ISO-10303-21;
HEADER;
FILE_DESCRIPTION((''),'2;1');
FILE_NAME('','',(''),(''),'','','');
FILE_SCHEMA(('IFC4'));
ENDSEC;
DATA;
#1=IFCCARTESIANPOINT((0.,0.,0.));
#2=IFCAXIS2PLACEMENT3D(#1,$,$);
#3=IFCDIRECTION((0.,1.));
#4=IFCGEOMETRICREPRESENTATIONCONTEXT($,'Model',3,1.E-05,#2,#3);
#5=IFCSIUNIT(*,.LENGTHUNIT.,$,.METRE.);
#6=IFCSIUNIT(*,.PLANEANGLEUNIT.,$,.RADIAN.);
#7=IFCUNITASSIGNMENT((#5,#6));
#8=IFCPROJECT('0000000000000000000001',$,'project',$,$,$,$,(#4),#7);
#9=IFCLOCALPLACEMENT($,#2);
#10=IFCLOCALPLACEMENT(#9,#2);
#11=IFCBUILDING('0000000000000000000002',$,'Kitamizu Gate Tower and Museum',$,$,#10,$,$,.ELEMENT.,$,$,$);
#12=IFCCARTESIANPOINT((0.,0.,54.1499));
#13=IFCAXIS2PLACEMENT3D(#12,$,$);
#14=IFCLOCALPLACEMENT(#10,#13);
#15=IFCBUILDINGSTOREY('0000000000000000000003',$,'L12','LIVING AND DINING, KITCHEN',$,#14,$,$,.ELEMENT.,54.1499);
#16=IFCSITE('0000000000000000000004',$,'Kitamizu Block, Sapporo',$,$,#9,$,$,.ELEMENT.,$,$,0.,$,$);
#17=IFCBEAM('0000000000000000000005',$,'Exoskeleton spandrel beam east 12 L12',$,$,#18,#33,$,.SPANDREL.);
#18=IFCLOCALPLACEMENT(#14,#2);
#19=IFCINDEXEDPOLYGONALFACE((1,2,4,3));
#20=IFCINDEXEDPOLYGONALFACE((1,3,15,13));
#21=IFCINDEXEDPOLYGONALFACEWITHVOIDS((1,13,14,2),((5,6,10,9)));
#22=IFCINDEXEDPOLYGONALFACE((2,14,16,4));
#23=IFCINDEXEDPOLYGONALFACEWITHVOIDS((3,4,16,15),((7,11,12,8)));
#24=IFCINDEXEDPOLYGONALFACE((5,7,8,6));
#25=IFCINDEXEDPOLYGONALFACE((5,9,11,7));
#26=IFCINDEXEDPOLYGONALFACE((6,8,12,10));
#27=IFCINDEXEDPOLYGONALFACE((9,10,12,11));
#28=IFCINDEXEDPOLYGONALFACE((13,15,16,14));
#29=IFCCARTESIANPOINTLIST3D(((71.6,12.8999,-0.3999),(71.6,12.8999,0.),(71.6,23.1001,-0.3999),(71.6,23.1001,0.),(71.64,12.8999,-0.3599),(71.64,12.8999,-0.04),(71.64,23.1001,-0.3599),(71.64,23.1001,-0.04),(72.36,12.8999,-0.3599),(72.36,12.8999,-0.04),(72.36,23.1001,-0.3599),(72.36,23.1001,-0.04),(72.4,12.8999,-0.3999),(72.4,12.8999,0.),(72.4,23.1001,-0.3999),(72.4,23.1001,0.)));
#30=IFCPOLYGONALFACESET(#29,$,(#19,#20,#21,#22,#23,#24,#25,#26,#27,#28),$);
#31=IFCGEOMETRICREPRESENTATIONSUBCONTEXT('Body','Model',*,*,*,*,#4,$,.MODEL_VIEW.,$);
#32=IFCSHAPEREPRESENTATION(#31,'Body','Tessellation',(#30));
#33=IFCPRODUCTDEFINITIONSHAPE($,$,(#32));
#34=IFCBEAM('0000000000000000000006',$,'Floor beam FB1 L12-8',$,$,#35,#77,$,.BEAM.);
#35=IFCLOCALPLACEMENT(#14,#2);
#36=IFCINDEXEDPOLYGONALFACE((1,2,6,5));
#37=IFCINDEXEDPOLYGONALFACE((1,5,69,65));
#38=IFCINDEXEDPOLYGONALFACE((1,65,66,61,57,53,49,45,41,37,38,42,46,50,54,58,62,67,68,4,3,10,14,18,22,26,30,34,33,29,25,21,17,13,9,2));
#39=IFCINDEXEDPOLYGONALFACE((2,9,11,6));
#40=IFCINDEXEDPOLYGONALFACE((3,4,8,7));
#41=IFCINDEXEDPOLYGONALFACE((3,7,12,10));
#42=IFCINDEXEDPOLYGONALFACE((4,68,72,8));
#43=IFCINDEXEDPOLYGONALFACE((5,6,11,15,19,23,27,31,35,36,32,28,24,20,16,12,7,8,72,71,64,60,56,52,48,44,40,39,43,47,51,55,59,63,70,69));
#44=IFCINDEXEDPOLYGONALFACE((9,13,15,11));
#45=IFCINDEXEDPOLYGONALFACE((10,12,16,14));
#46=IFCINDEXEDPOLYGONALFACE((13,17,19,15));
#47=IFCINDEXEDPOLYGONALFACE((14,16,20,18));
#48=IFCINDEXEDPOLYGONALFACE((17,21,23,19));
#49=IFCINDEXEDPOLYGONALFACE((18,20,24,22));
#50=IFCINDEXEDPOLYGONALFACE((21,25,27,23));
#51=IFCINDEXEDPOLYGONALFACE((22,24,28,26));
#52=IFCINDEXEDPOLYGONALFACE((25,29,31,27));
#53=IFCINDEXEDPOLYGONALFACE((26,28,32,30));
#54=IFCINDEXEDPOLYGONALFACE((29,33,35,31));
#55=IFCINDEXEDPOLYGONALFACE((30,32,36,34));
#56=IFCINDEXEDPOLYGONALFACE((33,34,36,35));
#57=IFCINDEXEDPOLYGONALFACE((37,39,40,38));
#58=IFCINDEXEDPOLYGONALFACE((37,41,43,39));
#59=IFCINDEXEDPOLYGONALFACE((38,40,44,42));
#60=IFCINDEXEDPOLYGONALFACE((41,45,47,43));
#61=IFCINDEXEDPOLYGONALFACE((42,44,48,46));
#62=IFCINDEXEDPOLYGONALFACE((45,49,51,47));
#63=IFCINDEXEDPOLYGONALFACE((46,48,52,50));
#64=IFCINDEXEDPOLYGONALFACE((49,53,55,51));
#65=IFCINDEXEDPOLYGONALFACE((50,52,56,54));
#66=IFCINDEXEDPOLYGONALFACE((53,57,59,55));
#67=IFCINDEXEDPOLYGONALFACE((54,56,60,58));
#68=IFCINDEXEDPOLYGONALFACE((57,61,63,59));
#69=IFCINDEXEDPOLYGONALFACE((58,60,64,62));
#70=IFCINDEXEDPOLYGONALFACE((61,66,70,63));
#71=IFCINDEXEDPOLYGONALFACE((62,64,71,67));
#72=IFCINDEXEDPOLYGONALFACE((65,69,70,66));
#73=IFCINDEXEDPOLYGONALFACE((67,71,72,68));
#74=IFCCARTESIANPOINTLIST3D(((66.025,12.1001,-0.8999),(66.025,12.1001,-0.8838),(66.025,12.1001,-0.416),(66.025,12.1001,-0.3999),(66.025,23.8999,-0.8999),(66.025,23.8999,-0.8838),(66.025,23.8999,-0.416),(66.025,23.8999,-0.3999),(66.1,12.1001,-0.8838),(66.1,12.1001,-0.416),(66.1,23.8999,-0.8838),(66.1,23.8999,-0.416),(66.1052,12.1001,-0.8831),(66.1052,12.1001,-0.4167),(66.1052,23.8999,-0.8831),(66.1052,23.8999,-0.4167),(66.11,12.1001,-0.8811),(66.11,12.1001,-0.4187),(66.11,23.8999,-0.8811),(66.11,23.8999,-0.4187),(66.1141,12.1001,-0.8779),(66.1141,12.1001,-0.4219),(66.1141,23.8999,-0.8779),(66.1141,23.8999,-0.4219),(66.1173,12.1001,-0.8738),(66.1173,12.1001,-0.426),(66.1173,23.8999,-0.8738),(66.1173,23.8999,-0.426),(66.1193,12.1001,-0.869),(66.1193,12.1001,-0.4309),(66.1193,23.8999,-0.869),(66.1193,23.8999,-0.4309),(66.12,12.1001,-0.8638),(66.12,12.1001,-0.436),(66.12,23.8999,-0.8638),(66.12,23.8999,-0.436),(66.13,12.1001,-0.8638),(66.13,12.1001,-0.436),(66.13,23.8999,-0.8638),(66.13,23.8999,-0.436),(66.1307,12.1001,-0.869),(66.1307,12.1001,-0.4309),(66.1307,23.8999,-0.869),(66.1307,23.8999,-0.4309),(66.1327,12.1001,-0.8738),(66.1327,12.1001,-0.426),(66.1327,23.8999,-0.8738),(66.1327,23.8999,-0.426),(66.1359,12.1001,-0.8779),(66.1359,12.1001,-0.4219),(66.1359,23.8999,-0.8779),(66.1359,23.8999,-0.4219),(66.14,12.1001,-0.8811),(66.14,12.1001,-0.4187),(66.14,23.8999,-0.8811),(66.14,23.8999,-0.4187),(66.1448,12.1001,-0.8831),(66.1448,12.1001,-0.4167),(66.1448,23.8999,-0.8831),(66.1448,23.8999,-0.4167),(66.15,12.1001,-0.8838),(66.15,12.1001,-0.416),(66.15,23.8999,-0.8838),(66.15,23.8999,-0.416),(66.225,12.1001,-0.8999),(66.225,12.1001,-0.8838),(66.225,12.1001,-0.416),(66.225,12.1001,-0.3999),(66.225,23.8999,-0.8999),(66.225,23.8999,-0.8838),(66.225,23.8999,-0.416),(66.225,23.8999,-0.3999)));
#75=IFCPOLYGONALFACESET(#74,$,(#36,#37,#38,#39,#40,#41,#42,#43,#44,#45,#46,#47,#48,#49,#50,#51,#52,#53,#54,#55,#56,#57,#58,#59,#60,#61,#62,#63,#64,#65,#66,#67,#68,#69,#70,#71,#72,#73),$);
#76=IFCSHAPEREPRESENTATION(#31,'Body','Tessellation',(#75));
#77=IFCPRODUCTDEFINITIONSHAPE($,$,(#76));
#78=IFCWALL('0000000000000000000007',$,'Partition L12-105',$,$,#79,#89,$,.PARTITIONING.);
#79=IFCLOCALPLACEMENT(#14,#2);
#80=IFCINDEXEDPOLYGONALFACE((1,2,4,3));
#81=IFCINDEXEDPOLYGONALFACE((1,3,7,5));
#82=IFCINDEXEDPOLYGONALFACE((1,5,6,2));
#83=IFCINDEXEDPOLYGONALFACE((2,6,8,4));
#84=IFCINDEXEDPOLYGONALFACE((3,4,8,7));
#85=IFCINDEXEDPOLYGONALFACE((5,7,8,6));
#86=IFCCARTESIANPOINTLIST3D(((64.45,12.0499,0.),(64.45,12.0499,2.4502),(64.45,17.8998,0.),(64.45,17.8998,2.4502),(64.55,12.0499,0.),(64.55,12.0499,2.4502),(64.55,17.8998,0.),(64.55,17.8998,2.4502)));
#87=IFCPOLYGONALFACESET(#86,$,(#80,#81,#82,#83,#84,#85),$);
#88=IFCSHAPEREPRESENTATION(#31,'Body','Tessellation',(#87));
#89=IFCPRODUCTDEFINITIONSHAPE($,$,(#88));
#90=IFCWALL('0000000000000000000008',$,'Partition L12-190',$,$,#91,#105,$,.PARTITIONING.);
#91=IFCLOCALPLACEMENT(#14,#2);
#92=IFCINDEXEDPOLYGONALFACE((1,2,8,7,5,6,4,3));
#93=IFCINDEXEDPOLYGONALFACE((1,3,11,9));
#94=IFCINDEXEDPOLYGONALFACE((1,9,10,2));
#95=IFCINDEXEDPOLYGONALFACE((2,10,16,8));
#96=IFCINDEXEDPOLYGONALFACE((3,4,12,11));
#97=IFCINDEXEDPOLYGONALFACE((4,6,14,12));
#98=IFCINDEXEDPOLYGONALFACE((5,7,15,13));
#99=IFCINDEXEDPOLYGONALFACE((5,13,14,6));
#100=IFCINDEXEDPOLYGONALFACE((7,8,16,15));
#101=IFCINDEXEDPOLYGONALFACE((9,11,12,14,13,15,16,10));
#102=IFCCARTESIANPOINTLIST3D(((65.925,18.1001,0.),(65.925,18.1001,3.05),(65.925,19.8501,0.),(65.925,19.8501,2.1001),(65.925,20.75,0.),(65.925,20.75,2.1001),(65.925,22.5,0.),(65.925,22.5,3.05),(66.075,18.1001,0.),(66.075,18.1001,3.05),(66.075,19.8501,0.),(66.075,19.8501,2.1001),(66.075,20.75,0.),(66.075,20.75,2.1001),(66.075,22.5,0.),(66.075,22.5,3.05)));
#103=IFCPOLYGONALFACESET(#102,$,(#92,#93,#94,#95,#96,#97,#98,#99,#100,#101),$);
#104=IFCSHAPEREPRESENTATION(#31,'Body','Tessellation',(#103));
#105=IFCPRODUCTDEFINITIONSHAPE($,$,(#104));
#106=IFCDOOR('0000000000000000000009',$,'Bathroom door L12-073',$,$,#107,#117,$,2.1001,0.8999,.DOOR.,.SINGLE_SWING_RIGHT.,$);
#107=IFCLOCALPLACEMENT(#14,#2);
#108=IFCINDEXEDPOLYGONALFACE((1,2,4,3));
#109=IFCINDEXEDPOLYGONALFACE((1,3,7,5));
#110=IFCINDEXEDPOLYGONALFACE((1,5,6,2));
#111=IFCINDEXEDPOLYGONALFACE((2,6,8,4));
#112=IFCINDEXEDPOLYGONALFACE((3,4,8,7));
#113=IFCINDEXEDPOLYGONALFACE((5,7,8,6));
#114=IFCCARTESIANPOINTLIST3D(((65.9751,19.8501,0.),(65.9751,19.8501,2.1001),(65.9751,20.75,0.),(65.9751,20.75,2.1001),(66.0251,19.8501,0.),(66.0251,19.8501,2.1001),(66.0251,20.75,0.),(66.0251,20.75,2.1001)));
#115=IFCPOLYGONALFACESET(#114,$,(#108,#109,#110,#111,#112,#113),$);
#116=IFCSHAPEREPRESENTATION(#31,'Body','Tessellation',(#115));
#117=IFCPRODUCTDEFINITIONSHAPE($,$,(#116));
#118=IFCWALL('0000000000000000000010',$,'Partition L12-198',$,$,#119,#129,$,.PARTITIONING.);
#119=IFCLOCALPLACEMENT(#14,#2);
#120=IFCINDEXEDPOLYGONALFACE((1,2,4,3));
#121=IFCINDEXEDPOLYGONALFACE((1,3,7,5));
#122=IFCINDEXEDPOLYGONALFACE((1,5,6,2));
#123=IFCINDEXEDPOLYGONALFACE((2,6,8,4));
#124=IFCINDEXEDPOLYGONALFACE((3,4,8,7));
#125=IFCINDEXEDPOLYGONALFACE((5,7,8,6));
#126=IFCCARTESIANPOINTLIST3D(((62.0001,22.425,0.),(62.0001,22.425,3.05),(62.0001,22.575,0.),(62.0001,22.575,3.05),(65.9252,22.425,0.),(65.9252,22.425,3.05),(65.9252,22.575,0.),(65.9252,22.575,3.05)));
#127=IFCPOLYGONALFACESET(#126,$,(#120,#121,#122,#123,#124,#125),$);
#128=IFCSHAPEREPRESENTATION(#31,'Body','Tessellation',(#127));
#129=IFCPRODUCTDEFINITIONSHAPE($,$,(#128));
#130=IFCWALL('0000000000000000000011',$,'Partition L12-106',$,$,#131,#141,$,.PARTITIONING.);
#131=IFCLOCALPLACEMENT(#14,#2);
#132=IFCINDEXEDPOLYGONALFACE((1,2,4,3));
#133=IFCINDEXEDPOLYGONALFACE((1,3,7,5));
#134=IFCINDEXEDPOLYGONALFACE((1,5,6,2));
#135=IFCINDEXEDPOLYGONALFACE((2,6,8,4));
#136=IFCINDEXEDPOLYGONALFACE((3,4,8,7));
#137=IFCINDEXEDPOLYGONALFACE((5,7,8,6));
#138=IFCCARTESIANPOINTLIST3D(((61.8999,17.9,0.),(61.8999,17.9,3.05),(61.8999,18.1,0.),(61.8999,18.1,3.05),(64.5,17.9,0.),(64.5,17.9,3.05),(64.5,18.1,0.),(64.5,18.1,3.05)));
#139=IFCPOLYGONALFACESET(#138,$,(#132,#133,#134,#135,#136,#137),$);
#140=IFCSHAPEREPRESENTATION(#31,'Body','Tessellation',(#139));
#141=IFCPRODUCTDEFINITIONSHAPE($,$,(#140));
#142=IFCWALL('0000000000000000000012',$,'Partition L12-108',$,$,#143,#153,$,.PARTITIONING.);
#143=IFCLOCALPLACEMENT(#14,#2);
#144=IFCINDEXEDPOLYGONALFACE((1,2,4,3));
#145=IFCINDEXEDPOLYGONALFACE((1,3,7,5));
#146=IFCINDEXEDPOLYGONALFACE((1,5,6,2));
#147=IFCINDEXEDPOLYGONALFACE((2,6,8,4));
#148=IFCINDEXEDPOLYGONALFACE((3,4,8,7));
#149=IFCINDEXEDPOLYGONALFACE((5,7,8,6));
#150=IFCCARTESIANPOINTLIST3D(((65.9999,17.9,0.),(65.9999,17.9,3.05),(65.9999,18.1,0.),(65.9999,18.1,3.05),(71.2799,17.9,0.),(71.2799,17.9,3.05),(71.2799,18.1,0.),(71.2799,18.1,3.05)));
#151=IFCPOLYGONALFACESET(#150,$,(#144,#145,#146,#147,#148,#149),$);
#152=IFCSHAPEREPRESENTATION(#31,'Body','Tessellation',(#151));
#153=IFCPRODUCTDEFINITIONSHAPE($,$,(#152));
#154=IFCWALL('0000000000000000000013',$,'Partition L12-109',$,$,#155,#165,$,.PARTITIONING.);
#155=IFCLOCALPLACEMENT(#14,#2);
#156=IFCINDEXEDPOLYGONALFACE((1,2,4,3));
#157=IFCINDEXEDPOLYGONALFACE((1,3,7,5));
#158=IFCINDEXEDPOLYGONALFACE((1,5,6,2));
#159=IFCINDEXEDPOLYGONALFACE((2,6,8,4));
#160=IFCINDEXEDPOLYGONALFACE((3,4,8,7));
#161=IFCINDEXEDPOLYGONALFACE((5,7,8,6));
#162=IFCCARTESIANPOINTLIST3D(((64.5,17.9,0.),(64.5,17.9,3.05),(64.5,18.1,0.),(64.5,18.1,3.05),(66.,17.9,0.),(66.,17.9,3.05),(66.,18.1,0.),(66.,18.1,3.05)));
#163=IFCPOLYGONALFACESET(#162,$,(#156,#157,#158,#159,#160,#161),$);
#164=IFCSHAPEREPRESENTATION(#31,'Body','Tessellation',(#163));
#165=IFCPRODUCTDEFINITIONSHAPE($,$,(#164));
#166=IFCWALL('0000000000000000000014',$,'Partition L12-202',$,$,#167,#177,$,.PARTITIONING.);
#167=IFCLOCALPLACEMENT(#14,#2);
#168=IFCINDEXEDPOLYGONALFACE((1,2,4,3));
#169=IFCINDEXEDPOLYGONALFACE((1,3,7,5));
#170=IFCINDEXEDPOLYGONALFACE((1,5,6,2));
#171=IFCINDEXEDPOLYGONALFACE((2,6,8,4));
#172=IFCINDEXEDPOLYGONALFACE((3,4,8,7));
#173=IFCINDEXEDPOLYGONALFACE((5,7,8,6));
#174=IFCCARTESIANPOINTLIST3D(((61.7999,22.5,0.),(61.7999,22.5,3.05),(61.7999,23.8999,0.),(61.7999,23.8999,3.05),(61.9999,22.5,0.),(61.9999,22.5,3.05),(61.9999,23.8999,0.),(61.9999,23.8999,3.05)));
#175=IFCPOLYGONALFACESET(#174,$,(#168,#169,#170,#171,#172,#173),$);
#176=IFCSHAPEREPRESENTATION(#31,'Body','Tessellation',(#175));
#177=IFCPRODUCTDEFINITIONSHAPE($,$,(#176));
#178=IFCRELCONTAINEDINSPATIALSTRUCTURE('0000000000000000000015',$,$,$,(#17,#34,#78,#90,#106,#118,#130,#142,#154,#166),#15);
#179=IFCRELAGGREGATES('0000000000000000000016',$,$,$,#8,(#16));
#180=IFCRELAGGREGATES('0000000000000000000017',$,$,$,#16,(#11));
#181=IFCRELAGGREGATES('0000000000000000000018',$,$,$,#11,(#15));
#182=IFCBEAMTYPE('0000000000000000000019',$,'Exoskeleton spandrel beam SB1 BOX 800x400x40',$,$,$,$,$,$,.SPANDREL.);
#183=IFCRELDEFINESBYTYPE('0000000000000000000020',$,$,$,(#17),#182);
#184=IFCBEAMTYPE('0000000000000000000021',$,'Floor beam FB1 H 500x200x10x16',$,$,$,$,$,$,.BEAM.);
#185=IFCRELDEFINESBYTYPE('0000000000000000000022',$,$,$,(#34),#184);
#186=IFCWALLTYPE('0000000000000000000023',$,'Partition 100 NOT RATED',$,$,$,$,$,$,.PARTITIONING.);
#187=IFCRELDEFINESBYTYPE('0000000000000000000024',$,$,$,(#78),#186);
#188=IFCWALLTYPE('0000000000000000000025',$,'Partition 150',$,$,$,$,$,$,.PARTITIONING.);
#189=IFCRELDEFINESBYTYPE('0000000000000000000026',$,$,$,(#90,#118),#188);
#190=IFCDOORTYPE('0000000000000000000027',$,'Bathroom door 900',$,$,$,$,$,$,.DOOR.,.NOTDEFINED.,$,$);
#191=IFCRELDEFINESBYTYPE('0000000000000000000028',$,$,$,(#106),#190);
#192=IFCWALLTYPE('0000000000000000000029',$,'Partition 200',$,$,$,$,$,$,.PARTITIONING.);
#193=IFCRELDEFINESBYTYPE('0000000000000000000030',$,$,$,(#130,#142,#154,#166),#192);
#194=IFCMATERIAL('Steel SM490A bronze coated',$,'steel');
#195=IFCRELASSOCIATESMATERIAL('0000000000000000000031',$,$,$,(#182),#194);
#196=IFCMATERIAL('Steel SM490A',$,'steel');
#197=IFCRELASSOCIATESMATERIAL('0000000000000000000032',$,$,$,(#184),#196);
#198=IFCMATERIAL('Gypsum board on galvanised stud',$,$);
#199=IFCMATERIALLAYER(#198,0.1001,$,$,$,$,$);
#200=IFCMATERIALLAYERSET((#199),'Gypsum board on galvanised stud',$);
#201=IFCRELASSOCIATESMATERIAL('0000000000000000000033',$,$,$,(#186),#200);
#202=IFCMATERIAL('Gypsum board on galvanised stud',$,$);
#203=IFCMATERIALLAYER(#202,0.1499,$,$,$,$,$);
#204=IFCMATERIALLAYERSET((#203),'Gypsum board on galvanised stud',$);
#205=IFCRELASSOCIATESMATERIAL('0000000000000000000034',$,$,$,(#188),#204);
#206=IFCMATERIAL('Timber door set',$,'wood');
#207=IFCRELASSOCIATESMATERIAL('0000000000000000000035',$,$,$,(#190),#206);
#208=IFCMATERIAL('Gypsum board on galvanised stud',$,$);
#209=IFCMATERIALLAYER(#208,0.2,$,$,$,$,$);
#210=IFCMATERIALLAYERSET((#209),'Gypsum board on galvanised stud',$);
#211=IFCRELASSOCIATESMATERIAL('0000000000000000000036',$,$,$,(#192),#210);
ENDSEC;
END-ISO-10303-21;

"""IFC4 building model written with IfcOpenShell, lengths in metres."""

from ifc_helpers import new_model, si_unit, direction, frame, frame_2d, origin, origin_2d, place, context, subcontext, project, spatial, rectangle, hollow_rectangle, i_section, extrude, material, layer, layer_set, material_profile, profile_set, type_object, element, fill, save


model = new_model("IFC4")

# Units and contexts
model_context = context("Model", 3, precision=1e-05, world=origin(), true_north=direction((0.0, 1.0)))
body_context = subcontext(model_context, "Body", "Model", "MODEL_VIEW")
ifc_project = project(units=[si_unit("LENGTHUNIT", "METRE"), si_unit("PLANEANGLEUNIT", "RADIAN")], contexts=[model_context])

# Site, building, storey
site_placement = place(None, origin())
site = spatial("IfcSite", under=ifc_project, at=site_placement, Name="Kitamizu Block, Sapporo", CompositionType="ELEMENT", RefElevation=0.0)
building_placement = place(site_placement, origin())
building = spatial("IfcBuilding", under=site, at=building_placement, Name="Kitamizu Gate Tower and Museum", CompositionType="ELEMENT")
storey_placement = place(building_placement, frame((0.0, 0.0, 54.1499)))
storey = spatial("IfcBuildingStorey", under=building, at=storey_placement, Name="L12", Description="LIVING AND DINING, KITCHEN", CompositionType="ELEMENT", Elevation=54.1499)

# Beams
ifc_material_1 = material(Name="Steel SM490A bronze coated", Category="steel")
ifc_material_profile_1 = material_profile(ifc_material_1, hollow_rectangle(XDim=0.8, YDim=0.3999, WallThickness=0.04, at=origin_2d()), Name="BOX 800x400x40")
ifc_profile_set_1 = profile_set([ifc_material_profile_1], Name="Steel SM490A bronze coated")
beam_type_1 = type_object("IfcBeamType", Name="Exoskeleton spandrel beam SB1 BOX 800x400x40", PredefinedType="SPANDREL", material=ifc_profile_set_1)
beam_1_placement = place(storey_placement, frame((72.0, 12.8999, -0.2), z_axis=(0.0, 1.0, 0.0), x_axis=(-1.0, 0.0, 0.0)))
element("IfcBeam", 1, at=beam_1_placement, inside=storey, type_object=beam_type_1, Name="Exoskeleton spandrel beam east 12 L12", PredefinedType="SPANDREL", context=body_context, shape_type="SweptSolid", body=[
    extrude(hollow_rectangle(XDim=0.8, YDim=0.3999, WallThickness=0.04, at=origin_2d()), origin(), (0.0, 0.0, 1.0), 10.2002),
])
ifc_material_2 = material(Name="Steel SM490A", Category="steel")
ifc_material_profile_2 = material_profile(ifc_material_2, i_section(OverallWidth=0.2, OverallDepth=0.5, WebThickness=0.01, FlangeThickness=0.0161, FilletRadius=0.02, at=origin_2d()), Name="H-500x200x10x16")
ifc_profile_set_2 = profile_set([ifc_material_profile_2], Name="Steel SM490A")
beam_type_2 = type_object("IfcBeamType", Name="Floor beam FB1 H 500x200x10x16", PredefinedType="BEAM", material=ifc_profile_set_2)
beam_2_placement = place(storey_placement, frame((66.125, 12.1001, -0.6499), z_axis=(0.0, 1.0, 0.0), x_axis=(-1.0, 0.0, 0.0)))
element("IfcBeam", 2, at=beam_2_placement, inside=storey, type_object=beam_type_2, Name="Floor beam FB1 L12-8", PredefinedType="BEAM", context=body_context, shape_type="SweptSolid", body=[
    extrude(i_section(OverallWidth=0.2, OverallDepth=0.5, WebThickness=0.01, FlangeThickness=0.0161, FilletRadius=0.02, at=origin_2d()), origin(), (0.0, 0.0, 1.0), 11.7998),
])

# Wall
ifc_material_3 = material(Name="Gypsum board on galvanised stud")
ifc_layer_1 = layer(ifc_material_3, 0.1001)
ifc_layer_set_1 = layer_set([ifc_layer_1], Name="Gypsum board on galvanised stud")
wall_type_1 = type_object("IfcWallType", Name="Partition 100 NOT RATED", PredefinedType="PARTITIONING", material=ifc_layer_set_1)
wall_1_placement = place(storey_placement, frame((64.5, 12.05, 0.0), z_axis=(0.0, 0.0, 1.0), x_axis=(0.0, 1.0, 0.0)))
element("IfcWall", 3, at=wall_1_placement, inside=storey, type_object=wall_type_1, Name="Partition L12-105", PredefinedType="PARTITIONING", context=body_context, shape_type="SweptSolid", body=[
    extrude(rectangle(XDim=5.8499, YDim=0.1001, at=frame_2d((2.9248, 0.0))), origin(), (0.0, 0.0, 1.0), 2.4502),
])

# Wall, opening, door
ifc_material_4 = material(Name="Gypsum board on galvanised stud")
ifc_layer_2 = layer(ifc_material_4, 0.1499)
ifc_layer_set_2 = layer_set([ifc_layer_2], Name="Gypsum board on galvanised stud")
wall_type_2 = type_object("IfcWallType", Name="Partition 150", PredefinedType="PARTITIONING", material=ifc_layer_set_2)
wall_2_placement = place(storey_placement, frame((66.0, 22.5, 0.0), z_axis=(0.0, 0.0, 1.0), x_axis=(0.0, -1.0, 0.0)))
wall_2 = element("IfcWall", 4, at=wall_2_placement, inside=storey, type_object=wall_type_2, Name="Partition L12-190", PredefinedType="PARTITIONING", context=body_context, shape_type="SweptSolid", body=[
    extrude(rectangle(XDim=4.3999, YDim=0.1499, at=frame_2d((2.2, 0.0))), origin(), (0.0, 0.0, 1.0), 3.05),
])
opening_placement = place(wall_2_placement, frame((1.75, 0.0, 0.0)))
opening = element("IfcOpeningElement", 5, at=opening_placement, cuts=wall_2, PredefinedType="OPENING", context=body_context, shape_type="SweptSolid", body=[
    extrude(rectangle(XDim=0.8999, YDim=2.1001, at=frame_2d((0.45, 1.05))), frame((0.0, 0.085, 0.0), z_axis=(0.0, -1.0, 0.0), x_axis=(1.0, 0.0, 0.0)), (0.0, 0.0, 1.0), 0.1699),
])
ifc_material_5 = material(Name="Timber door set", Category="wood")
door_type = type_object("IfcDoorType", Name="Bathroom door 900", OperationType="NOTDEFINED", PredefinedType="DOOR", material=ifc_material_5)
door_placement = place(opening_placement, frame((0.8999, 0.0, 0.0), x_axis=(-1.0, 0.0, 0.0)))
door = element("IfcDoor", 6, at=door_placement, inside=storey, type_object=door_type, Name="Bathroom door L12-073", OperationType="SINGLE_SWING_RIGHT", OverallHeight=2.1001, OverallWidth=0.8999, PredefinedType="DOOR", context=body_context, shape_type="SweptSolid", body=[
    extrude(rectangle(XDim=0.8999, YDim=2.1001, at=frame_2d((0.45, 1.05))), frame((0.0, 0.0249, 0.0), z_axis=(0.0, -1.0, 0.0), x_axis=(1.0, 0.0, 0.0)), (0.0, 0.0, 1.0), 0.05),
])
fill(opening, door)

# Walls
wall_3_placement = place(storey_placement, frame((65.925, 22.5, 0.0), z_axis=(0.0, 0.0, 1.0), x_axis=(-1.0, 0.0, 0.0)))
element("IfcWall", 7, at=wall_3_placement, inside=storey, type_object=wall_type_2, Name="Partition L12-198", PredefinedType="PARTITIONING", context=body_context, shape_type="SweptSolid", body=[
    extrude(rectangle(XDim=3.925, YDim=0.1499, at=frame_2d((1.9624, 0.0))), origin(), (0.0, 0.0, 1.0), 3.05),
])
ifc_material_6 = material(Name="Gypsum board on galvanised stud")
ifc_layer_3 = layer(ifc_material_6, 0.2)
ifc_layer_set_3 = layer_set([ifc_layer_3], Name="Gypsum board on galvanised stud")
wall_type_3 = type_object("IfcWallType", Name="Partition 200", PredefinedType="PARTITIONING", material=ifc_layer_set_3)
wall_4_placement = place(storey_placement, frame((64.5, 18.0, 0.0), z_axis=(0.0, 0.0, 1.0), x_axis=(-1.0, 0.0, 0.0)))
element("IfcWall", 8, at=wall_4_placement, inside=storey, type_object=wall_type_3, Name="Partition L12-106", PredefinedType="PARTITIONING", context=body_context, shape_type="SweptSolid", body=[
    extrude(rectangle(XDim=2.6001, YDim=0.2, at=frame_2d((1.3, 0.0))), origin(), (0.0, 0.0, 1.0), 3.05),
])
wall_5_placement = place(storey_placement, frame((71.28, 18.0, 0.0), z_axis=(0.0, 0.0, 1.0), x_axis=(-1.0, 0.0, 0.0)))
element("IfcWall", 9, at=wall_5_placement, inside=storey, type_object=wall_type_3, Name="Partition L12-108", PredefinedType="PARTITIONING", context=body_context, shape_type="SweptSolid", body=[
    extrude(rectangle(XDim=5.28, YDim=0.2, at=frame_2d((2.6401, 0.0))), origin(), (0.0, 0.0, 1.0), 3.05),
])
wall_6_placement = place(storey_placement, frame((66.0, 18.0, 0.0), z_axis=(0.0, 0.0, 1.0), x_axis=(-1.0, 0.0, 0.0)))
element("IfcWall", 10, at=wall_6_placement, inside=storey, type_object=wall_type_3, Name="Partition L12-109", PredefinedType="PARTITIONING", context=body_context, shape_type="SweptSolid", body=[
    extrude(rectangle(XDim=1.5, YDim=0.2, at=frame_2d((0.75, 0.0))), origin(), (0.0, 0.0, 1.0), 3.05),
])
wall_7_placement = place(storey_placement, frame((61.8999, 23.8999, 0.0), z_axis=(0.0, 0.0, 1.0), x_axis=(0.0, -1.0, 0.0)))
element("IfcWall", 11, at=wall_7_placement, inside=storey, type_object=wall_type_3, Name="Partition L12-202", PredefinedType="PARTITIONING", context=body_context, shape_type="SweptSolid", body=[
    extrude(rectangle(XDim=1.3999, YDim=0.2, at=frame_2d((0.7, 0.0))), origin(), (0.0, 0.0, 1.0), 3.05),
])

save(model, "model.ifc")
